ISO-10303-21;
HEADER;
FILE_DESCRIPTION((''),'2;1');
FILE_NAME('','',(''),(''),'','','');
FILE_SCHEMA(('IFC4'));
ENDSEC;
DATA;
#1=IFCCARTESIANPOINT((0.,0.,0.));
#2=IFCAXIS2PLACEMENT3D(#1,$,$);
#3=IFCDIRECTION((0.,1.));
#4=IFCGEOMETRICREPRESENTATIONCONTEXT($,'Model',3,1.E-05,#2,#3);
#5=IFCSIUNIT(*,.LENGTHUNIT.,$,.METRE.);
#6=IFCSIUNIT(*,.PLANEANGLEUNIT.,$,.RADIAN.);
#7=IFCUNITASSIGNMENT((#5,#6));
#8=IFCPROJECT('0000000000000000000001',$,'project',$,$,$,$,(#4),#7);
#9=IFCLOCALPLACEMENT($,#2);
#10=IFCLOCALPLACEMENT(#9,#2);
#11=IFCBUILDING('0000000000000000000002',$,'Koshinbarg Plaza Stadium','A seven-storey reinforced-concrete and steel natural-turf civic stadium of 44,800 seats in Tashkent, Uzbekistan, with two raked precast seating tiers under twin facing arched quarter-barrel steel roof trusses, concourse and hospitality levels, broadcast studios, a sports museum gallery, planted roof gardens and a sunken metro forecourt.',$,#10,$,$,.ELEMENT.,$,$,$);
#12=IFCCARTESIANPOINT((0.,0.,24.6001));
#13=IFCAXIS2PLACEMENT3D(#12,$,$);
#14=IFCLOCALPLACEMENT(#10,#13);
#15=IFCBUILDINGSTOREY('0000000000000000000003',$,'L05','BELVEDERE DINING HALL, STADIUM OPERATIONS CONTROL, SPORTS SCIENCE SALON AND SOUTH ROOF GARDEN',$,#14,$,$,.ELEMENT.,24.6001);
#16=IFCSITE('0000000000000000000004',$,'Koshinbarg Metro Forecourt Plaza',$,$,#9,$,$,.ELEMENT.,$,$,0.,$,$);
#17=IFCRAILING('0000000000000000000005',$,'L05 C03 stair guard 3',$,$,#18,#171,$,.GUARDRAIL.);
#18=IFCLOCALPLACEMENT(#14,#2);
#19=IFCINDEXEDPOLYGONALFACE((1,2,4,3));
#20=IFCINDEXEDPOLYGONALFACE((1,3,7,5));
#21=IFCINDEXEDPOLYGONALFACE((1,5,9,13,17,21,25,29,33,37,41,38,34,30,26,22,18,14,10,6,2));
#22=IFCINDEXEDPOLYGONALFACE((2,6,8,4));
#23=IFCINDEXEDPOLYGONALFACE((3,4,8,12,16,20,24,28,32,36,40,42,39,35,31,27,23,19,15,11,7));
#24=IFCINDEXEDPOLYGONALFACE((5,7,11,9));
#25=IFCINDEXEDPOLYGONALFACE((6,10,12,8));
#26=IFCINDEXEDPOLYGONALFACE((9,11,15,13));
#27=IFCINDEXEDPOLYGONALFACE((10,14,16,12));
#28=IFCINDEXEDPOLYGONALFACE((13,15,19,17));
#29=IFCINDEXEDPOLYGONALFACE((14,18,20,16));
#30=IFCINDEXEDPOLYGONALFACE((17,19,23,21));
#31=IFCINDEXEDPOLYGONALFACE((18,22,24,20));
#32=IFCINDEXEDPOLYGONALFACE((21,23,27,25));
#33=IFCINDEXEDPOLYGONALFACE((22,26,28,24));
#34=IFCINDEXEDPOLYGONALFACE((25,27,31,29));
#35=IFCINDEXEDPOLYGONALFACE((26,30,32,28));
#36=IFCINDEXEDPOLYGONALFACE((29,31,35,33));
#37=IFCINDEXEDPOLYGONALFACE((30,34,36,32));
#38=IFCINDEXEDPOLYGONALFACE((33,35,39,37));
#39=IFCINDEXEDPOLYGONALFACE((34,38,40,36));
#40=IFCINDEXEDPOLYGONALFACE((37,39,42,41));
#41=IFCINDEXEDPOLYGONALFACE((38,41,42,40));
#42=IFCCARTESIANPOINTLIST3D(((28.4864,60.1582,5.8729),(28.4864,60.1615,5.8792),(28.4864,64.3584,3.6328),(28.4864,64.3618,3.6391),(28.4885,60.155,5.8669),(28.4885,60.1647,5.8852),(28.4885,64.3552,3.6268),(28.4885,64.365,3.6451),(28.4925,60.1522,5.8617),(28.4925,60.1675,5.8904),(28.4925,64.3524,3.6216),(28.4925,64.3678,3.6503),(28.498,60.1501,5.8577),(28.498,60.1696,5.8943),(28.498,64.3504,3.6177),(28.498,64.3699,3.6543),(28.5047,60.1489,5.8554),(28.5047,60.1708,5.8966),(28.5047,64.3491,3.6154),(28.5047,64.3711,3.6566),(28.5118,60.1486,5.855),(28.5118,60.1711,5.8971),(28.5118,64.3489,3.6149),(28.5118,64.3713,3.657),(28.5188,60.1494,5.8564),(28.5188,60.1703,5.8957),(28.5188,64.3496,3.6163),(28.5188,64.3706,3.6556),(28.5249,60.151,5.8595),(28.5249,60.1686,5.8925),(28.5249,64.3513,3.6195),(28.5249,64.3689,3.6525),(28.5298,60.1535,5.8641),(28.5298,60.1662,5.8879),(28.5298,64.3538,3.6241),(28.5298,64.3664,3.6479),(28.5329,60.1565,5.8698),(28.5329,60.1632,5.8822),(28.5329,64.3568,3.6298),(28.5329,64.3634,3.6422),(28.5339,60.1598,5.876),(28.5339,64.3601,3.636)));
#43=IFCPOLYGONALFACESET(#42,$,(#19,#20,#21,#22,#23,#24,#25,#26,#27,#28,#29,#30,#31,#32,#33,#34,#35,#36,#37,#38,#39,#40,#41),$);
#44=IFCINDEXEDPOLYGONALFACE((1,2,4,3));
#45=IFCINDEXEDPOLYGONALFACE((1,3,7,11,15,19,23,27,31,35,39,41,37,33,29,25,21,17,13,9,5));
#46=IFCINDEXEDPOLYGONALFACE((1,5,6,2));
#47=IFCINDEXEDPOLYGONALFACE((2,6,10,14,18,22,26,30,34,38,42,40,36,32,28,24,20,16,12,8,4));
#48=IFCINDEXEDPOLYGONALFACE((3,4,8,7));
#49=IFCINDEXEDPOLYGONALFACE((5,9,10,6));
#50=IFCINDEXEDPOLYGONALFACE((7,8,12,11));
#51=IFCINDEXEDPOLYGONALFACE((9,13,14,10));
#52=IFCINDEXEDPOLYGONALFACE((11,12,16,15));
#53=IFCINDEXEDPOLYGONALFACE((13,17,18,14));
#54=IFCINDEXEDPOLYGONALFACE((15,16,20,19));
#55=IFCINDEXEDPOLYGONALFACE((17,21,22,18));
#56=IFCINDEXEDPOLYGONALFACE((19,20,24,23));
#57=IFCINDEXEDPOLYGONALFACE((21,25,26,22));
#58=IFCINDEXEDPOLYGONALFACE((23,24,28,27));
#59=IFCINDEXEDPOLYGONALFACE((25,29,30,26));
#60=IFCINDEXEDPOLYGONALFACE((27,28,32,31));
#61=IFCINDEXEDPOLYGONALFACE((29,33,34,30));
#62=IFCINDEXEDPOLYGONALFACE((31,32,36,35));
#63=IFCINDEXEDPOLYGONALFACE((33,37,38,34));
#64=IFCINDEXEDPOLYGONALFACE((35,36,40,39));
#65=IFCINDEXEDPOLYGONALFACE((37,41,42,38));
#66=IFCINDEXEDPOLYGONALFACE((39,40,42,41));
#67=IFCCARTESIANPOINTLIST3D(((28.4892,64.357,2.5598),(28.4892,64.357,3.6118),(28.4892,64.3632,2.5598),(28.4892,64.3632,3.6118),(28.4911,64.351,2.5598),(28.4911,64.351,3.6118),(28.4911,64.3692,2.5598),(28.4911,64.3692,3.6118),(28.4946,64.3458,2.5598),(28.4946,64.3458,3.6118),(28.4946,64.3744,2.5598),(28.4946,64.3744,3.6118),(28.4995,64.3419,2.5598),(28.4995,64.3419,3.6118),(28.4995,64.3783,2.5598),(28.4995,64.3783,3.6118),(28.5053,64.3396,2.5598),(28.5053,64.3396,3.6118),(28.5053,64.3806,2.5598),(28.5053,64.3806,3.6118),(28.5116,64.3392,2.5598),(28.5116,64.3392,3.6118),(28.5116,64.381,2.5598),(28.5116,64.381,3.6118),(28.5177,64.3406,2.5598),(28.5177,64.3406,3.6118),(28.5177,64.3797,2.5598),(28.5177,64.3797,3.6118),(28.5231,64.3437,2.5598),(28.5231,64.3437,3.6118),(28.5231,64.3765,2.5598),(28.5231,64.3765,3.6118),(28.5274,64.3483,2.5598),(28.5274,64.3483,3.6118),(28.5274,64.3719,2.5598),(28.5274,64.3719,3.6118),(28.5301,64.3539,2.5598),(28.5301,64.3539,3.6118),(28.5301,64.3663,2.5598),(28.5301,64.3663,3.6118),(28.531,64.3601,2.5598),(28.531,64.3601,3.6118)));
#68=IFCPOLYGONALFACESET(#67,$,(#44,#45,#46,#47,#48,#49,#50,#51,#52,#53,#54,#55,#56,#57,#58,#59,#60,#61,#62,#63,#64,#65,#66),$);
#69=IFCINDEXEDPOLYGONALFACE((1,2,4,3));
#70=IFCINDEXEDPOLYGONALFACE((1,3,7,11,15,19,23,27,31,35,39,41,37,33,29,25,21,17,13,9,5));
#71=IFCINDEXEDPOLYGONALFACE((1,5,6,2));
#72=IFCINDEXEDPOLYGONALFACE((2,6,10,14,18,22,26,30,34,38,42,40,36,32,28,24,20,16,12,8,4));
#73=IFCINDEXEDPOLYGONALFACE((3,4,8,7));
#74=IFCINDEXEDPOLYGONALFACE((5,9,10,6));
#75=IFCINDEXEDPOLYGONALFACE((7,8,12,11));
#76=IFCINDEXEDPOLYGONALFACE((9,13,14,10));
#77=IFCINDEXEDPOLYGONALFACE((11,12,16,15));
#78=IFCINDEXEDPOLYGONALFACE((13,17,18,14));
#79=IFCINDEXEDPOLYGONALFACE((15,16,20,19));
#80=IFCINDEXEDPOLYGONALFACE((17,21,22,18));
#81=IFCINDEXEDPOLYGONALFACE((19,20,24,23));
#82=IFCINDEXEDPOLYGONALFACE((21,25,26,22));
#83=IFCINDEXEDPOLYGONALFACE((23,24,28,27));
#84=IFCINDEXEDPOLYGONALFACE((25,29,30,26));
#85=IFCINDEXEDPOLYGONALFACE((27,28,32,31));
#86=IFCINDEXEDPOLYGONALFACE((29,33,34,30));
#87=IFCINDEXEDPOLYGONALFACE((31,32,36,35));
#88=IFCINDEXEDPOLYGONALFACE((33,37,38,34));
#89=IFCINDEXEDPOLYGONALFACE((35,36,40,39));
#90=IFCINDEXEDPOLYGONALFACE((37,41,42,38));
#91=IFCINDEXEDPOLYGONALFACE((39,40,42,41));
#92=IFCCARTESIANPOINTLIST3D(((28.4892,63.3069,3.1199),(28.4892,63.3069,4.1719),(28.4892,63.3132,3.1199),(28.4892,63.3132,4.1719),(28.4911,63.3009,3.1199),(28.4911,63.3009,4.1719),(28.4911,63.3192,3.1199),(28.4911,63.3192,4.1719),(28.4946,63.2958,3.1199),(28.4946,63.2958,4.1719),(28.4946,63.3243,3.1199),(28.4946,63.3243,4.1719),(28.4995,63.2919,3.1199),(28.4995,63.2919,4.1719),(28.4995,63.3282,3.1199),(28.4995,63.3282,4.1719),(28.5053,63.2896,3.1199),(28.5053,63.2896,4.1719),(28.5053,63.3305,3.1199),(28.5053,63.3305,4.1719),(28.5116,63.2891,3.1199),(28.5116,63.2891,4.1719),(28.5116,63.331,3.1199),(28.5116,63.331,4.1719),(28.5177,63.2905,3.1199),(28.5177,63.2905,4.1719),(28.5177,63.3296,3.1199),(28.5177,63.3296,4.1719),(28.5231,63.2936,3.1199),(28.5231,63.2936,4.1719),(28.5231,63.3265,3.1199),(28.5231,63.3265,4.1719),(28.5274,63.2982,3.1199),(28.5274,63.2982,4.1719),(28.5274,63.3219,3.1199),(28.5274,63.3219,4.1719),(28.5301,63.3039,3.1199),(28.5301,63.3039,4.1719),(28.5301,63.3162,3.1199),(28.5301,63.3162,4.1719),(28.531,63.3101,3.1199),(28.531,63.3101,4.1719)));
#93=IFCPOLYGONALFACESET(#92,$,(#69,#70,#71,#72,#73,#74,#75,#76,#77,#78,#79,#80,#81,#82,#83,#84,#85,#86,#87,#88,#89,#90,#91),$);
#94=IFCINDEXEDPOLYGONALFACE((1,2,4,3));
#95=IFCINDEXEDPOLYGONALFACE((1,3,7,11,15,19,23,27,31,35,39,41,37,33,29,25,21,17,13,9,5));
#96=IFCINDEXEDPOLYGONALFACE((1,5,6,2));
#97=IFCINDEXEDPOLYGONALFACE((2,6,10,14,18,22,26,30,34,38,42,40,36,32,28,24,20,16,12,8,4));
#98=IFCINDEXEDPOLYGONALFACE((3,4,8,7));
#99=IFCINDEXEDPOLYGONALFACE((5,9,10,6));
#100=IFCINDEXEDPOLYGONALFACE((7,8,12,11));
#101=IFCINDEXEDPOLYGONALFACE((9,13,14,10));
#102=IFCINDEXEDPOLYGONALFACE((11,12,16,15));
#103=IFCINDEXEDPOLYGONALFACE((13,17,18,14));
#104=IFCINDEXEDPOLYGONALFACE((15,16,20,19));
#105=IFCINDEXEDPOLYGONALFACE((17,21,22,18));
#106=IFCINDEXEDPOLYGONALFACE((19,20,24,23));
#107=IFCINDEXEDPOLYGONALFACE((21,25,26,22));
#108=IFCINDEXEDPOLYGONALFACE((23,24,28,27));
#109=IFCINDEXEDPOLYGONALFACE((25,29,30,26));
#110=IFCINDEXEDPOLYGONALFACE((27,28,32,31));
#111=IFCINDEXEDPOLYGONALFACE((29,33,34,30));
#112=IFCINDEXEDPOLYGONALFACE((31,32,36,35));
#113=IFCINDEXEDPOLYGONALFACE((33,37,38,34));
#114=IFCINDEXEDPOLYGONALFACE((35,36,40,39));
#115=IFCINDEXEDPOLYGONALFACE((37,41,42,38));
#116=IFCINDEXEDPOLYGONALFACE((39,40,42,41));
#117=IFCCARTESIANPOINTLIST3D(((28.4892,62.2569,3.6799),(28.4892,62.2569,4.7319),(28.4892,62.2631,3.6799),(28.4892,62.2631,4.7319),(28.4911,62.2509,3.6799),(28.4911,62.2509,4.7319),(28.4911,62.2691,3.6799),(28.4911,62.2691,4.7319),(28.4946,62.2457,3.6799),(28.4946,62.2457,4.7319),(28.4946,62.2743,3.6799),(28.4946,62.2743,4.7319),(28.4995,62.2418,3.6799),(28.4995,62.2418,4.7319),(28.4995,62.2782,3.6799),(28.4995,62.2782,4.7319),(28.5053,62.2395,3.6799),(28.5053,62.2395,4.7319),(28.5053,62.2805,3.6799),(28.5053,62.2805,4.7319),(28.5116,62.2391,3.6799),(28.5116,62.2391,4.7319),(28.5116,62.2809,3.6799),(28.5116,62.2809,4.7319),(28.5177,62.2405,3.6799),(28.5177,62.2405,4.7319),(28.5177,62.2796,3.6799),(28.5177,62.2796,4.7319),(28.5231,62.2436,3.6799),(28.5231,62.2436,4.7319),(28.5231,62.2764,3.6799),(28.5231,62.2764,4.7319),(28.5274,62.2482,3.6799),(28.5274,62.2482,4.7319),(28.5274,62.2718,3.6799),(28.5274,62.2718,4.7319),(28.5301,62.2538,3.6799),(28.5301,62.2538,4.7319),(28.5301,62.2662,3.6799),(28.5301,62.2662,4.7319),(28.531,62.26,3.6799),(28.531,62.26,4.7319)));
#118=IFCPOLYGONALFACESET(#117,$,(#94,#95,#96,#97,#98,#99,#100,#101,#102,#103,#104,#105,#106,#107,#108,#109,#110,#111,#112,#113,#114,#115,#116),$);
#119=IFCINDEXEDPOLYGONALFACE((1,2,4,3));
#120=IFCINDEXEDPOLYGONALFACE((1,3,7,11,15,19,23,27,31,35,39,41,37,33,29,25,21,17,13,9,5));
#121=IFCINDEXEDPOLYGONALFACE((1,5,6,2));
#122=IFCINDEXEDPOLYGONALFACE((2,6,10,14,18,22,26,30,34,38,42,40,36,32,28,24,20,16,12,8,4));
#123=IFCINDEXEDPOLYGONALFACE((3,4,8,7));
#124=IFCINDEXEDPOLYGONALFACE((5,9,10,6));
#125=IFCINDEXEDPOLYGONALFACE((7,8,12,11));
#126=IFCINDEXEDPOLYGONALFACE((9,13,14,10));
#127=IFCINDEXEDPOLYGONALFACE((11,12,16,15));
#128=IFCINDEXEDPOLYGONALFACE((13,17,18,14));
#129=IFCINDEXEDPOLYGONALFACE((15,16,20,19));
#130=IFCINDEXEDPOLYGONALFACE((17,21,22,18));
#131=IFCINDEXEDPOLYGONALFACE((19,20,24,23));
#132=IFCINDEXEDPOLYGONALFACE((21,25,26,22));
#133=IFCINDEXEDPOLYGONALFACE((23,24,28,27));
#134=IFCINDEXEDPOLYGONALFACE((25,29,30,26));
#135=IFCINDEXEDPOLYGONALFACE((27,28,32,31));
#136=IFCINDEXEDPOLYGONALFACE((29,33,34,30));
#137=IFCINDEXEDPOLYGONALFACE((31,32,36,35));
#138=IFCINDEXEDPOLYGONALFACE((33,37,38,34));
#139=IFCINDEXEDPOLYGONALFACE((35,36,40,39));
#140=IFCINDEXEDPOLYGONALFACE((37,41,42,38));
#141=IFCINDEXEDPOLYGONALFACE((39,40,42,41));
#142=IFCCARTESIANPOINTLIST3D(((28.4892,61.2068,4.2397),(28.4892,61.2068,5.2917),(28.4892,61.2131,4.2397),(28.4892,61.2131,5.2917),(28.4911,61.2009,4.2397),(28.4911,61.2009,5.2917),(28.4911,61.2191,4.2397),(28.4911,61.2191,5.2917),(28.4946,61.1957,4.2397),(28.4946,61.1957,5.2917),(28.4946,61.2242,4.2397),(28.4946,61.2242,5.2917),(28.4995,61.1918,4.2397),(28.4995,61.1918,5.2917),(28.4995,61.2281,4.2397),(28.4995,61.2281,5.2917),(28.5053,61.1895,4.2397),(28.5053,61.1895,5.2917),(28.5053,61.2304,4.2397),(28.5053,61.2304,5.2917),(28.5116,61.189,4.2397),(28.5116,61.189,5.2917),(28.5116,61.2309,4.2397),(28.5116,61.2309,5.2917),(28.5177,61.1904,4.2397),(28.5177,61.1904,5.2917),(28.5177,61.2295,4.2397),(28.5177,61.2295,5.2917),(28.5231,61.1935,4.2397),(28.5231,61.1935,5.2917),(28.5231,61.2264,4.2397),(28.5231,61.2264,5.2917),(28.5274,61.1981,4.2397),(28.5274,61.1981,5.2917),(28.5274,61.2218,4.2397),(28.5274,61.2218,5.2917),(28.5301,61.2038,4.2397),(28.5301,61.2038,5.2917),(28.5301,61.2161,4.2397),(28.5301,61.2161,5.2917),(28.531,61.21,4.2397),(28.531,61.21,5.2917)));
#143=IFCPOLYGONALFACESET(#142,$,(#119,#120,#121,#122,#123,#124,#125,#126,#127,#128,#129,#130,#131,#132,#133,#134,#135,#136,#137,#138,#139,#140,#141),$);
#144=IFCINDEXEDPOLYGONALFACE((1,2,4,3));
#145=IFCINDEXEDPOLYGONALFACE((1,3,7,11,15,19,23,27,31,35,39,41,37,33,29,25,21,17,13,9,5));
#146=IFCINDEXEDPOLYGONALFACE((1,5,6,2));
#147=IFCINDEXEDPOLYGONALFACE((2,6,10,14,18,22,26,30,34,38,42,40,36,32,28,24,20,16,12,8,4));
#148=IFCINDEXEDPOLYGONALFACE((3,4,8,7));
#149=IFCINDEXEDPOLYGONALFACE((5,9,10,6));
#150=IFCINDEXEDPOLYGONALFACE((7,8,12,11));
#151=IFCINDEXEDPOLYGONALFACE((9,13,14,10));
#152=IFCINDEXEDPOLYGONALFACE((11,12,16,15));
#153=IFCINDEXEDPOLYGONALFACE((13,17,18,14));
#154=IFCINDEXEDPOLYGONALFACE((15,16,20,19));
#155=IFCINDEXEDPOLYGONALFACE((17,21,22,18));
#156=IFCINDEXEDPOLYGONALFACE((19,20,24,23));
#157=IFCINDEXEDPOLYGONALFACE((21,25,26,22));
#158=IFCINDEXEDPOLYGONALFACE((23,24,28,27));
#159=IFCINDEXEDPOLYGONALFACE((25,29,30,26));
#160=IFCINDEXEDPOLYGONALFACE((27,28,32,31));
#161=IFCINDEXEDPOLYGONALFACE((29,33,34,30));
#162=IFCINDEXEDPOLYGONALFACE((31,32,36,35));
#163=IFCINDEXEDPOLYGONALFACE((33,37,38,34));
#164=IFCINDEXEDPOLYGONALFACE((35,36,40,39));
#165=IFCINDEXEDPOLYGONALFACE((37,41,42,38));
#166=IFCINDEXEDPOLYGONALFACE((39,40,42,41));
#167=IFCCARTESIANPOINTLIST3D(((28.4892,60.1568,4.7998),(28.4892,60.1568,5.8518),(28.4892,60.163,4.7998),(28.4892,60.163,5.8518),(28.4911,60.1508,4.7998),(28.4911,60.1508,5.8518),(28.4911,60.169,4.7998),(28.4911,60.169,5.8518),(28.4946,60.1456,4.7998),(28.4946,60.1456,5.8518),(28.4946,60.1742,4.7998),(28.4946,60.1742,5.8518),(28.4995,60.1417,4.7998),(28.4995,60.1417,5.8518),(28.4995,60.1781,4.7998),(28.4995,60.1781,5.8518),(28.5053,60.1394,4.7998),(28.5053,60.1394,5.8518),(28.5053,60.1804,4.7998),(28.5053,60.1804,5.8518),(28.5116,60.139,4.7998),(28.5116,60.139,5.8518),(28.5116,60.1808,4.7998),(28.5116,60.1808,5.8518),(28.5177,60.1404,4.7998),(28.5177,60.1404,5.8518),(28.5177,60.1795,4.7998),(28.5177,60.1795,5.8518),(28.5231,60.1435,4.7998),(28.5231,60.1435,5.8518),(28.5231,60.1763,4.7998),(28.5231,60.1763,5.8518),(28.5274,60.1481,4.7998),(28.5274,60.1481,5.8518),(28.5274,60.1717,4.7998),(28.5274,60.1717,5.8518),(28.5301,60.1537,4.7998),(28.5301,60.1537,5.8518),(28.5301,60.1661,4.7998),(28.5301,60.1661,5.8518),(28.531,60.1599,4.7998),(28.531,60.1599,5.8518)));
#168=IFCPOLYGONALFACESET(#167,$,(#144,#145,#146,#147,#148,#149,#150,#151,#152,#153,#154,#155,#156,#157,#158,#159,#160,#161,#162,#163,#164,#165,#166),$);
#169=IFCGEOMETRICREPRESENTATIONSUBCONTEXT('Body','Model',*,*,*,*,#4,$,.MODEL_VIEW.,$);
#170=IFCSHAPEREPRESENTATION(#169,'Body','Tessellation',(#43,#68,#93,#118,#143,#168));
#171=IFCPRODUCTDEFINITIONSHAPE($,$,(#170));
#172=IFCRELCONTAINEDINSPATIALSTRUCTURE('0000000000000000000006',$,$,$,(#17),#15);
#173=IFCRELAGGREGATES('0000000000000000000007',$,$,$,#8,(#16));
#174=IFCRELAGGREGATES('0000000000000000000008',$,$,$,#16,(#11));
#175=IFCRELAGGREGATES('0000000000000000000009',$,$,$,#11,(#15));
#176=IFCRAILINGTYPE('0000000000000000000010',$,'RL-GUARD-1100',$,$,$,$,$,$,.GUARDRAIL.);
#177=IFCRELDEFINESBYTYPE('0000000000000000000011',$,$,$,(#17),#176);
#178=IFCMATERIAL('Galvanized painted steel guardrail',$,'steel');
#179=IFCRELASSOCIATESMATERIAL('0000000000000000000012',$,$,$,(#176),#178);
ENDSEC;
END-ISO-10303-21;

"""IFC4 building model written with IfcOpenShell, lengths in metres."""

from ifc_helpers import new_model, si_unit, direction, frame, origin, origin_2d, place, context, subcontext, project, spatial, circle, extrude, material, type_object, element, save


model = new_model("IFC4")

# Units and contexts
model_context = context("Model", 3, precision=1e-05, world=origin(), true_north=direction((0.0, 1.0)))
body_context = subcontext(model_context, "Body", "Model", "MODEL_VIEW")
ifc_project = project(units=[si_unit("LENGTHUNIT", "METRE"), si_unit("PLANEANGLEUNIT", "RADIAN")], contexts=[model_context])

# Site, building, storey
site_placement = place(None, origin())
site = spatial("IfcSite", under=ifc_project, at=site_placement, Name="Koshinbarg Metro Forecourt Plaza", CompositionType="ELEMENT", RefElevation=0.0)
building_placement = place(site_placement, origin())
building = spatial("IfcBuilding", under=site, at=building_placement, Name="Koshinbarg Plaza Stadium", Description="A seven-storey reinforced-concrete and steel natural-turf civic stadium of 44,800 seats in Tashkent, Uzbekistan, with two raked precast seating tiers under twin facing arched quarter-barrel steel roof trusses, concourse and hospitality levels, broadcast studios, a sports museum gallery, planted roof gardens and a sunken metro forecourt.", CompositionType="ELEMENT")
storey_placement = place(building_placement, frame((0.0, 0.0, 24.6001)))
storey = spatial("IfcBuildingStorey", under=building, at=storey_placement, Name="L05", Description="BELVEDERE DINING HALL, STADIUM OPERATIONS CONTROL, SPORTS SCIENCE SALON AND SOUTH ROOF GARDEN", CompositionType="ELEMENT", Elevation=24.6001)

# Railing
ifc_material_1 = material(Name="Galvanized painted steel guardrail", Category="steel")
railing_type_1 = type_object("IfcRailingType", Name="RL-GUARD-1100", PredefinedType="GUARDRAIL", material=ifc_material_1)
railing_1_placement = place(storey_placement, frame((28.51, 64.3601, 2.5598)))
element("IfcRailing", 1, at=railing_1_placement, inside=storey, type_object=railing_type_1, Name="L05 C03 stair guard 3", PredefinedType="GUARDRAIL", context=body_context, shape_type="SweptSolid", body=[
    extrude(circle(Radius=0.0239, at=origin_2d()), frame((0.0, 0.0, 1.0762), z_axis=(0.0, -0.882363, 0.47057), x_axis=(1.0, 0.0, 0.0)), (0.0, 0.0, 1.0), 4.7603),
    extrude(circle(Radius=0.021, at=origin_2d()), origin(), (0.0, 0.0, 1.0), 1.052),
    extrude(circle(Radius=0.021, at=origin_2d()), frame((0.0, -1.05, 0.5601)), (0.0, 0.0, 1.0), 1.052),
    extrude(circle(Radius=0.021, at=origin_2d()), frame((0.0, -2.1001, 1.1201)), (0.0, 0.0, 1.0), 1.052),
    extrude(circle(Radius=0.021, at=origin_2d()), frame((0.0, -3.1501, 1.6799)), (0.0, 0.0, 1.0), 1.052),
    extrude(circle(Radius=0.021, at=origin_2d()), frame((0.0, -4.2002, 2.24)), (0.0, 0.0, 1.0), 1.052),
])

save(model, "model.ifc")
